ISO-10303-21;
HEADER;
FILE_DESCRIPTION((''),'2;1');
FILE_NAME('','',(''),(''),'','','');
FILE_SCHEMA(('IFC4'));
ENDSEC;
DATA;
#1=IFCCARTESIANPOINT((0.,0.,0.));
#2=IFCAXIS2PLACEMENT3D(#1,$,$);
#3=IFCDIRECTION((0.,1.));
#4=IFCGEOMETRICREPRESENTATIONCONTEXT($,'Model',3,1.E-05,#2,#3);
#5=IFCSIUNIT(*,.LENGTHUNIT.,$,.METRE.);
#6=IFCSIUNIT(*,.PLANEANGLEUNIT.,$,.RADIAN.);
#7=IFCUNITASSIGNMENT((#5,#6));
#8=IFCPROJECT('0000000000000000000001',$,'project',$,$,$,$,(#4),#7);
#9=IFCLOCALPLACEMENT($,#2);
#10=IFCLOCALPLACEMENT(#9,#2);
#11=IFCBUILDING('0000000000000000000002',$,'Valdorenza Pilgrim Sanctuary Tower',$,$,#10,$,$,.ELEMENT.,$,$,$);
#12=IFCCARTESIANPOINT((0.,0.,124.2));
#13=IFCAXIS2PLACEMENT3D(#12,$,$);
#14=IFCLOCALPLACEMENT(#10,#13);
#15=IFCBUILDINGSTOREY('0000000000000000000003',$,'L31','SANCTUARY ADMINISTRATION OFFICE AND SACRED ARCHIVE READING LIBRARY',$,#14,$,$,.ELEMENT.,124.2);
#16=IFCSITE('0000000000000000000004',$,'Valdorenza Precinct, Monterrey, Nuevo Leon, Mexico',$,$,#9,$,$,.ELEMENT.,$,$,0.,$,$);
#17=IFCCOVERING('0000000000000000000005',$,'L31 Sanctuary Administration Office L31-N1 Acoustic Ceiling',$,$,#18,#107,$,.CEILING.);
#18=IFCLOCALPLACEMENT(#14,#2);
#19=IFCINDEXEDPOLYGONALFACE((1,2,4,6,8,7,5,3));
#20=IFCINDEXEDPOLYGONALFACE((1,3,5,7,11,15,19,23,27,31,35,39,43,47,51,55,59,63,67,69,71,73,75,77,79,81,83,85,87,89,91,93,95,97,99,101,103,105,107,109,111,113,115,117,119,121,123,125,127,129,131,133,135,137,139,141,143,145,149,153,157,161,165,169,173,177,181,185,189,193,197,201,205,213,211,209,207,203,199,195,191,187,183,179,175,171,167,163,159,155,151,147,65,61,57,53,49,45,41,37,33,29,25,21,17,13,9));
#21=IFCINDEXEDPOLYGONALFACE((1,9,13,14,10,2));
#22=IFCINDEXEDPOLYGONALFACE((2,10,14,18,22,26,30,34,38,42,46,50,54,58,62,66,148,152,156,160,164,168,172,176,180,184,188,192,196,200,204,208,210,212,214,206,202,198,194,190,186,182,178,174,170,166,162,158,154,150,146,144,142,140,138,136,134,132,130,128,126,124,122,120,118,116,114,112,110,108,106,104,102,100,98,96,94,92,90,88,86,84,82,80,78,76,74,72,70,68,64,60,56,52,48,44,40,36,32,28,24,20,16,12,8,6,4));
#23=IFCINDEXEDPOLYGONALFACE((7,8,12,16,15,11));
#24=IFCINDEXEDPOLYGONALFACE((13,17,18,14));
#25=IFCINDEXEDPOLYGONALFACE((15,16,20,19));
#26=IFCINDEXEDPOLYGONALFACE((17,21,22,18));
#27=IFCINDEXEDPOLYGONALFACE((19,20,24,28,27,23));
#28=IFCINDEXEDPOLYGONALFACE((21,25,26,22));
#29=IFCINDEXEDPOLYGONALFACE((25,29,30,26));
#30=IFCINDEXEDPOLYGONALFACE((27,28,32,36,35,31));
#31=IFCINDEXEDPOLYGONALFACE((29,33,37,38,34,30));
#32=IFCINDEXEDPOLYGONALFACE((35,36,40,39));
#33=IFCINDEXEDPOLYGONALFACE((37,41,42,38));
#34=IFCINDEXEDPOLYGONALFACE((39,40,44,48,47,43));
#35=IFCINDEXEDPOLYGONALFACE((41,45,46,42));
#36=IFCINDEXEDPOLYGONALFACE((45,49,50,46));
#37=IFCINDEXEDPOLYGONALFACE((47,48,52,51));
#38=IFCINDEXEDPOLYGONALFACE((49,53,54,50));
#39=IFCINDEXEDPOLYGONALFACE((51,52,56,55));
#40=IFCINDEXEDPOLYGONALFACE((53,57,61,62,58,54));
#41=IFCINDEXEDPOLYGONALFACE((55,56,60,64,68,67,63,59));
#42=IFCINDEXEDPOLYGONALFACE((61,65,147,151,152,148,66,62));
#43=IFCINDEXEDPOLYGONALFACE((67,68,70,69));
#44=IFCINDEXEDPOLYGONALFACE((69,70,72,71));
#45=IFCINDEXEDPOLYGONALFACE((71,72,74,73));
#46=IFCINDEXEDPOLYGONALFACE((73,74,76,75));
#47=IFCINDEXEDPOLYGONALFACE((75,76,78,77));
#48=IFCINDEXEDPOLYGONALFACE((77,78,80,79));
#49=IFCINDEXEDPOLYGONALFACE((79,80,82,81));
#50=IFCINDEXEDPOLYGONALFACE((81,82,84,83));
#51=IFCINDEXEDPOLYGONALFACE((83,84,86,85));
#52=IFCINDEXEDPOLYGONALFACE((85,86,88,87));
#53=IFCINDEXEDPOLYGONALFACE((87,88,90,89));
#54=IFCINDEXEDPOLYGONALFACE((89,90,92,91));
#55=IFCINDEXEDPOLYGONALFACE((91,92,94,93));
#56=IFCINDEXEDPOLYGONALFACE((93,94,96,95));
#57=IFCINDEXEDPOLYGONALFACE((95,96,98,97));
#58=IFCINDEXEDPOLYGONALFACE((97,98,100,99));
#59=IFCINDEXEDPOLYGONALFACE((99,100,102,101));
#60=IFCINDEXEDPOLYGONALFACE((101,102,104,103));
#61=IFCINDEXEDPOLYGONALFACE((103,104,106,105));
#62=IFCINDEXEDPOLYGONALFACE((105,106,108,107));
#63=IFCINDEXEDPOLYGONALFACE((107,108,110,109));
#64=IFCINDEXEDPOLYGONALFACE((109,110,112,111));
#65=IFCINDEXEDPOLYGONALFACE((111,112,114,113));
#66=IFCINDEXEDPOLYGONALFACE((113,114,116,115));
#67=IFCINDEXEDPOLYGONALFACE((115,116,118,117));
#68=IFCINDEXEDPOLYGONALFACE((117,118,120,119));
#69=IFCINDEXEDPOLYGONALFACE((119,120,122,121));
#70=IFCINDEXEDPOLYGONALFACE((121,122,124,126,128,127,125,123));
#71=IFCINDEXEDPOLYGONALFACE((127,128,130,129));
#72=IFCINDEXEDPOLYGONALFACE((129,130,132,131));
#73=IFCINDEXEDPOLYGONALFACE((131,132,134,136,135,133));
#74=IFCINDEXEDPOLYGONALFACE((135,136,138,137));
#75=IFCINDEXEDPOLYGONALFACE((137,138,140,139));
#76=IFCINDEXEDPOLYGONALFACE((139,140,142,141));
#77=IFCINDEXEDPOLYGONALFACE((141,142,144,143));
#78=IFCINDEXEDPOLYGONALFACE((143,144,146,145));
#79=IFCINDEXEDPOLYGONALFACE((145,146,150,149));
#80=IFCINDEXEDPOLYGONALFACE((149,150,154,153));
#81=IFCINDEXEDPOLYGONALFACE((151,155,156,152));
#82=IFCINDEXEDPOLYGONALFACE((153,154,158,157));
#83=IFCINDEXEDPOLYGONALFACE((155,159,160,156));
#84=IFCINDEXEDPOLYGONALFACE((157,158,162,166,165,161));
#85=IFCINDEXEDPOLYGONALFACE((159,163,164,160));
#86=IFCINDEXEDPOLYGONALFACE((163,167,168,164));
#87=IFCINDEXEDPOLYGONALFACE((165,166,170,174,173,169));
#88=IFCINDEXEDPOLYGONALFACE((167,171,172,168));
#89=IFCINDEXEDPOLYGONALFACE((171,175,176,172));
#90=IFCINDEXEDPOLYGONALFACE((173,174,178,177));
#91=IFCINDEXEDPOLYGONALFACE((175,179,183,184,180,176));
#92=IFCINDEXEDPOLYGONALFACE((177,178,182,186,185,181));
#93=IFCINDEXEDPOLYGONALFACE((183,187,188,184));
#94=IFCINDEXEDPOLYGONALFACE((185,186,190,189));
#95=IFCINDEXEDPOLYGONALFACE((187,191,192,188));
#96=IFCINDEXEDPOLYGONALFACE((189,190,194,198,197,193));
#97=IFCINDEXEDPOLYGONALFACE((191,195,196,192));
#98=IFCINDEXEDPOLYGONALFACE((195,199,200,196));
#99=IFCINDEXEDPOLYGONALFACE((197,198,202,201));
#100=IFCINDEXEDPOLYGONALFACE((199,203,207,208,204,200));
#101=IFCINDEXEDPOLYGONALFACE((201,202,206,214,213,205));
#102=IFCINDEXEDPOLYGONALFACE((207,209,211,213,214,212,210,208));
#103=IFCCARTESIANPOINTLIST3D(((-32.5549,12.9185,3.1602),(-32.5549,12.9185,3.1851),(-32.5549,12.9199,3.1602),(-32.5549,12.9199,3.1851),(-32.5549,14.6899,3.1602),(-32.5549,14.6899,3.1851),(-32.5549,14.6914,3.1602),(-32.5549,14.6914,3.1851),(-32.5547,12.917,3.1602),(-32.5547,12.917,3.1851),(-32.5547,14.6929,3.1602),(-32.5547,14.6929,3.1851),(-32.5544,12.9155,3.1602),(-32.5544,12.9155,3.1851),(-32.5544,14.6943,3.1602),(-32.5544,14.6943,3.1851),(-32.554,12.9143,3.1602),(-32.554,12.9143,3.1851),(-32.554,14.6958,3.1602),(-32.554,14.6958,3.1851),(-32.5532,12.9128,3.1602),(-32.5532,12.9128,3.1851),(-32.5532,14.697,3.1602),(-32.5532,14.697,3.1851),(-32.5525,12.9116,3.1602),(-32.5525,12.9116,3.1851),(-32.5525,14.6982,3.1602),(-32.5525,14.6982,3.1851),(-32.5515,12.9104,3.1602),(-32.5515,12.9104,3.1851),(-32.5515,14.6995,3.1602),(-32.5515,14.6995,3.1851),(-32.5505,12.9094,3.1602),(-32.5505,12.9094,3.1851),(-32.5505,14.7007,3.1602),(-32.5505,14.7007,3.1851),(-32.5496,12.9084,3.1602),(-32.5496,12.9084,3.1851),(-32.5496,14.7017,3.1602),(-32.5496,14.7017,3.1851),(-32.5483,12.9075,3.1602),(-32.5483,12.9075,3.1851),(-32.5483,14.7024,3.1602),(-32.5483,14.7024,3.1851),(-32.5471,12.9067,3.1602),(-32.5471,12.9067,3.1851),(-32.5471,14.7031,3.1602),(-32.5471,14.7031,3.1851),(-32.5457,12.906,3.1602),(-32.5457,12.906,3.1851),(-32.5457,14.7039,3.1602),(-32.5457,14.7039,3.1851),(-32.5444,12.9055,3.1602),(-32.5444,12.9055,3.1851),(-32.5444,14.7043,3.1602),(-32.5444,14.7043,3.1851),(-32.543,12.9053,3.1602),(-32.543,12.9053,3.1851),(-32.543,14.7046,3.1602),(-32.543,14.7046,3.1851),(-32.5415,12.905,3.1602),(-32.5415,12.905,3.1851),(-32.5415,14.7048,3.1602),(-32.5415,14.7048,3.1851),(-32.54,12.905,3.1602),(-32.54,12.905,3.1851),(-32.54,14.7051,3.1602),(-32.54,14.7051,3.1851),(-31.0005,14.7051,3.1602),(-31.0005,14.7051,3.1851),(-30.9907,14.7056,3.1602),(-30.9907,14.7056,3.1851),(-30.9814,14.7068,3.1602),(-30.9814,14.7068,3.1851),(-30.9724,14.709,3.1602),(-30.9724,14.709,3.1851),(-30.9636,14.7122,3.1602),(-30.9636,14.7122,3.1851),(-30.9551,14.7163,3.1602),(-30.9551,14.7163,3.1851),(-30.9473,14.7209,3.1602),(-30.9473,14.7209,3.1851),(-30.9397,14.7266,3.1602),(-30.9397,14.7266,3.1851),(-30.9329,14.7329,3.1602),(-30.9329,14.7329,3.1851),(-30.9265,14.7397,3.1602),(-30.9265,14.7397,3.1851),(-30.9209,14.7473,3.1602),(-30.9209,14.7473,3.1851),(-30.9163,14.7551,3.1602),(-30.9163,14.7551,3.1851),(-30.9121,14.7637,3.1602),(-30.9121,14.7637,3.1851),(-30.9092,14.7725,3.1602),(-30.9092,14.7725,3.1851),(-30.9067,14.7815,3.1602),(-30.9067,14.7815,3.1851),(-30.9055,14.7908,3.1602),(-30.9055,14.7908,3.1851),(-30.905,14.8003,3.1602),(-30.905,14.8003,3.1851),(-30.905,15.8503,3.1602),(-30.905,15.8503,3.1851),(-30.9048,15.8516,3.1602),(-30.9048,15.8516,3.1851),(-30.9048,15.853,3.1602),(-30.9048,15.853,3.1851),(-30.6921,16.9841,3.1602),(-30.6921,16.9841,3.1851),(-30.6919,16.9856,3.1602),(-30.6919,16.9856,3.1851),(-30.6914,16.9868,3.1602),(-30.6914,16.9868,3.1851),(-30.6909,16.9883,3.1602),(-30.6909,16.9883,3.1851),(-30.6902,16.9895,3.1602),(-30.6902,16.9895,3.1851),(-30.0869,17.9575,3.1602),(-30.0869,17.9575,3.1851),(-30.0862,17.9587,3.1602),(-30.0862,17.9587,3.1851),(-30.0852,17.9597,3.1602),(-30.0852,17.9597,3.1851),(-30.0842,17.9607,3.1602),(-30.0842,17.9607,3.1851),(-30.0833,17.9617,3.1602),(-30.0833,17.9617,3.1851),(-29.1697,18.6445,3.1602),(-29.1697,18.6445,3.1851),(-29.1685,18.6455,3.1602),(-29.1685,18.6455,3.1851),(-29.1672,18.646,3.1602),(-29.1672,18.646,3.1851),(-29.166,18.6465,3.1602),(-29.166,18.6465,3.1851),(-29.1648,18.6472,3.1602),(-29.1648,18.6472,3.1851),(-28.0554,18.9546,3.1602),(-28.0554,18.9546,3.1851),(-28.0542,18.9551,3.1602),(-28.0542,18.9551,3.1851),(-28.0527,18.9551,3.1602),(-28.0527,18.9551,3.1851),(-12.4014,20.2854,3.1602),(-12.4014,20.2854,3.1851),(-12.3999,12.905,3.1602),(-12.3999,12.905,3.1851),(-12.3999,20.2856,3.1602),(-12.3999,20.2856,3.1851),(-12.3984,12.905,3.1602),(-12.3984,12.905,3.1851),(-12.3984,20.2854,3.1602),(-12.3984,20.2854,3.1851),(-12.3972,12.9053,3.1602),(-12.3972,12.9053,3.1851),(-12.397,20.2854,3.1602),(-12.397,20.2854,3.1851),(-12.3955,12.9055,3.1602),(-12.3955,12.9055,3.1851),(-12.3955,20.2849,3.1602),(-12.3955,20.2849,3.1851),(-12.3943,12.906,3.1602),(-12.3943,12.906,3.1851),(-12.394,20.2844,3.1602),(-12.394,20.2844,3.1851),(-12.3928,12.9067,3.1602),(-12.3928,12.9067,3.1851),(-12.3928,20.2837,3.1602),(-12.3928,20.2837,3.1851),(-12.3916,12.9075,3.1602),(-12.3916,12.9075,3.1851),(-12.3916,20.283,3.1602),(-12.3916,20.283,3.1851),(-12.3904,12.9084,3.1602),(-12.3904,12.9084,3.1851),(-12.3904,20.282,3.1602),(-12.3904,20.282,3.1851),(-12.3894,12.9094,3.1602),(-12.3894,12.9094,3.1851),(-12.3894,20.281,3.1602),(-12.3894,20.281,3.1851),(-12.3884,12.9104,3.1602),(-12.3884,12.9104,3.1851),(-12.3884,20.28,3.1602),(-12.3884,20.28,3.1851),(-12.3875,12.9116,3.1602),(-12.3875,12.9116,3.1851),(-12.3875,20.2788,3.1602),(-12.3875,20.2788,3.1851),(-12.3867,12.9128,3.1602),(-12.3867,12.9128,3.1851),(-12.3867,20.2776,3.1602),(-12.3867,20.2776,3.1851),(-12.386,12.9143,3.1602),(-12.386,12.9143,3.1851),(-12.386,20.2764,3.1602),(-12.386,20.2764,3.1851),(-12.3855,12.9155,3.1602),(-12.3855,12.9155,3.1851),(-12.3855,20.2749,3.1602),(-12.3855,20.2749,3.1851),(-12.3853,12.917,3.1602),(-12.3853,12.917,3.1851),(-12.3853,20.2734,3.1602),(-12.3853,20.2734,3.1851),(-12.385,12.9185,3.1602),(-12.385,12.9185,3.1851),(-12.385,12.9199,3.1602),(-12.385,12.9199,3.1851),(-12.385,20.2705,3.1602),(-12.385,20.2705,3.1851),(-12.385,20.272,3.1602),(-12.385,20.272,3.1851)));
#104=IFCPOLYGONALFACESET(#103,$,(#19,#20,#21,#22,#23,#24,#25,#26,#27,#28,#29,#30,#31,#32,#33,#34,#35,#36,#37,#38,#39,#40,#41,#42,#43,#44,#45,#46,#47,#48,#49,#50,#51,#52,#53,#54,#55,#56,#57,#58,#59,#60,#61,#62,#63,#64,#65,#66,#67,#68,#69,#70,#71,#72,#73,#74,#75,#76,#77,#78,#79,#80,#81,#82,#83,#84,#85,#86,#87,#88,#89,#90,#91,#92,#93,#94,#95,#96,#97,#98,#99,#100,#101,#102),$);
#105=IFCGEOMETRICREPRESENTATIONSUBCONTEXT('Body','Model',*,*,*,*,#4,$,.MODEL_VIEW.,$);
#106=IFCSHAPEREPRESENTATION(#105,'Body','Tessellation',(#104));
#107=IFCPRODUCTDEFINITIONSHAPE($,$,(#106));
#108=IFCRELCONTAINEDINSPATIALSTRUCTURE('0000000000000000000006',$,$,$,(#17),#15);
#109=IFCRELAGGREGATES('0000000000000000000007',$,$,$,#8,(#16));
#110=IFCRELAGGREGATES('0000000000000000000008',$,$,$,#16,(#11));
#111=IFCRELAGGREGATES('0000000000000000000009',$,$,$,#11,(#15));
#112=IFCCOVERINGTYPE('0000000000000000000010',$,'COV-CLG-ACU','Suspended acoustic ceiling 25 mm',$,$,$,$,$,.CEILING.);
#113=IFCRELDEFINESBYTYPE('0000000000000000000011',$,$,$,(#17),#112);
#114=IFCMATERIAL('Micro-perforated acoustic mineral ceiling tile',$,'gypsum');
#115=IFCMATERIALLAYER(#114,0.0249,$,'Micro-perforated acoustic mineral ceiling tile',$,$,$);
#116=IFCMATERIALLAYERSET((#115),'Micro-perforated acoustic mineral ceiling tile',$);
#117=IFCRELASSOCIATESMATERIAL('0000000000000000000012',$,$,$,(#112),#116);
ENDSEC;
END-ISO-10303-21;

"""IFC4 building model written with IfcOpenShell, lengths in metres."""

from ifc_helpers import new_model, si_unit, direction, frame, origin, place, context, subcontext, project, spatial, polyline, outline, extrude, material, layer, layer_set, type_object, element, save


model = new_model("IFC4")

# Units and contexts
model_context = context("Model", 3, precision=1e-05, world=origin(), true_north=direction((0.0, 1.0)))
body_context = subcontext(model_context, "Body", "Model", "MODEL_VIEW")
ifc_project = project(units=[si_unit("LENGTHUNIT", "METRE"), si_unit("PLANEANGLEUNIT", "RADIAN")], contexts=[model_context])

# Site, building, storey
site_placement = place(None, origin())
site = spatial("IfcSite", under=ifc_project, at=site_placement, Name="Valdorenza Precinct, Monterrey, Nuevo Leon, Mexico", CompositionType="ELEMENT", RefElevation=0.0)
building_placement = place(site_placement, origin())
building = spatial("IfcBuilding", under=site, at=building_placement, Name="Valdorenza Pilgrim Sanctuary Tower", CompositionType="ELEMENT")
storey_placement = place(building_placement, frame((0.0, 0.0, 124.2)))
storey = spatial("IfcBuildingStorey", under=building, at=storey_placement, Name="L31", Description="SANCTUARY ADMINISTRATION OFFICE AND SACRED ARCHIVE READING LIBRARY", CompositionType="ELEMENT", Elevation=124.2)

# Covering
ifc_material_1 = material(Name="Micro-perforated acoustic mineral ceiling tile", Category="gypsum")
ifc_layer_1 = layer(ifc_material_1, 0.0249, Name="Micro-perforated acoustic mineral ceiling tile")
ifc_layer_set_1 = layer_set([ifc_layer_1], Name="Micro-perforated acoustic mineral ceiling tile")
covering_type_1 = type_object("IfcCoveringType", Name="COV-CLG-ACU", Description="Suspended acoustic ceiling 25 mm", PredefinedType="CEILING", material=ifc_layer_set_1)
covering_1_placement = place(storey_placement, frame((0.0, 0.0, 3.1602)))
element("IfcCovering", 1, at=covering_1_placement, inside=storey, type_object=covering_type_1, Name="L31 Sanctuary Administration Office L31-N1 Acoustic Ceiling", PredefinedType="CEILING", context=body_context, shape_type="SweptSolid", body=[
    extrude(outline(polyline([(-32.54, 12.905), (-32.5415, 12.905), (-32.543, 12.9053), (-32.5444, 12.9055), (-32.5457, 12.906), (-32.5471, 12.9067), (-32.5483, 12.9075), (-32.5496, 12.9084), (-32.5505, 12.9094), (-32.5515, 12.9104), (-32.5525, 12.9116), (-32.5532, 12.9128), (-32.554, 12.9143), (-32.5544, 12.9155), (-32.5547, 12.917), (-32.5549, 12.9185), (-32.5549, 12.9199), (-32.5549, 14.6899), (-32.5549, 14.6914), (-32.5547, 14.6929), (-32.5544, 14.6943), (-32.554, 14.6958), (-32.5532, 14.697), (-32.5525, 14.6982), (-32.5515, 14.6995), (-32.5505, 14.7007), (-32.5496, 14.7017), (-32.5483, 14.7024), (-32.5471, 14.7031), (-32.5457, 14.7039), (-32.5444, 14.7043), (-32.543, 14.7046), (-32.5415, 14.7048), (-32.54, 14.7051), (-31.0005, 14.7051), (-30.9907, 14.7056), (-30.9814, 14.7068), (-30.9724, 14.709), (-30.9636, 14.7122), (-30.9551, 14.7163), (-30.9473, 14.7209), (-30.9397, 14.7266), (-30.9329, 14.7329), (-30.9265, 14.7397), (-30.9209, 14.7473), (-30.9163, 14.7551), (-30.9121, 14.7637), (-30.9092, 14.7725), (-30.9067, 14.7815), (-30.9055, 14.7908), (-30.905, 14.8003), (-30.905, 15.8503), (-30.9048, 15.8516), (-30.9048, 15.853), (-30.6921, 16.9841), (-30.6919, 16.9856), (-30.6914, 16.9868), (-30.6909, 16.9883), (-30.6902, 16.9895), (-30.0869, 17.9575), (-30.0862, 17.9587), (-30.0852, 17.9597), (-30.0842, 17.9607), (-30.0833, 17.9617), (-29.1697, 18.6445), (-29.1685, 18.6455), (-29.1672, 18.646), (-29.166, 18.6465), (-29.1648, 18.6472), (-28.0554, 18.9546), (-28.0542, 18.9551), (-28.0527, 18.9551), (-12.4014, 20.2854), (-12.3999, 20.2856), (-12.3984, 20.2854), (-12.397, 20.2854), (-12.3955, 20.2849), (-12.394, 20.2844), (-12.3928, 20.2837), (-12.3916, 20.283), (-12.3904, 20.282), (-12.3894, 20.281), (-12.3884, 20.28), (-12.3875, 20.2788), (-12.3867, 20.2776), (-12.386, 20.2764), (-12.3855, 20.2749), (-12.3853, 20.2734), (-12.385, 20.272), (-12.385, 20.2705), (-12.385, 12.9199), (-12.385, 12.9185), (-12.3853, 12.917), (-12.3855, 12.9155), (-12.386, 12.9143), (-12.3867, 12.9128), (-12.3875, 12.9116), (-12.3884, 12.9104), (-12.3894, 12.9094), (-12.3904, 12.9084), (-12.3916, 12.9075), (-12.3928, 12.9067), (-12.3943, 12.906), (-12.3955, 12.9055), (-12.3972, 12.9053), (-12.3984, 12.905), (-12.3999, 12.905), (-32.54, 12.905)])), origin(), (0.0, 0.0, 1.0), 0.0249),
])

save(model, "model.ifc")
